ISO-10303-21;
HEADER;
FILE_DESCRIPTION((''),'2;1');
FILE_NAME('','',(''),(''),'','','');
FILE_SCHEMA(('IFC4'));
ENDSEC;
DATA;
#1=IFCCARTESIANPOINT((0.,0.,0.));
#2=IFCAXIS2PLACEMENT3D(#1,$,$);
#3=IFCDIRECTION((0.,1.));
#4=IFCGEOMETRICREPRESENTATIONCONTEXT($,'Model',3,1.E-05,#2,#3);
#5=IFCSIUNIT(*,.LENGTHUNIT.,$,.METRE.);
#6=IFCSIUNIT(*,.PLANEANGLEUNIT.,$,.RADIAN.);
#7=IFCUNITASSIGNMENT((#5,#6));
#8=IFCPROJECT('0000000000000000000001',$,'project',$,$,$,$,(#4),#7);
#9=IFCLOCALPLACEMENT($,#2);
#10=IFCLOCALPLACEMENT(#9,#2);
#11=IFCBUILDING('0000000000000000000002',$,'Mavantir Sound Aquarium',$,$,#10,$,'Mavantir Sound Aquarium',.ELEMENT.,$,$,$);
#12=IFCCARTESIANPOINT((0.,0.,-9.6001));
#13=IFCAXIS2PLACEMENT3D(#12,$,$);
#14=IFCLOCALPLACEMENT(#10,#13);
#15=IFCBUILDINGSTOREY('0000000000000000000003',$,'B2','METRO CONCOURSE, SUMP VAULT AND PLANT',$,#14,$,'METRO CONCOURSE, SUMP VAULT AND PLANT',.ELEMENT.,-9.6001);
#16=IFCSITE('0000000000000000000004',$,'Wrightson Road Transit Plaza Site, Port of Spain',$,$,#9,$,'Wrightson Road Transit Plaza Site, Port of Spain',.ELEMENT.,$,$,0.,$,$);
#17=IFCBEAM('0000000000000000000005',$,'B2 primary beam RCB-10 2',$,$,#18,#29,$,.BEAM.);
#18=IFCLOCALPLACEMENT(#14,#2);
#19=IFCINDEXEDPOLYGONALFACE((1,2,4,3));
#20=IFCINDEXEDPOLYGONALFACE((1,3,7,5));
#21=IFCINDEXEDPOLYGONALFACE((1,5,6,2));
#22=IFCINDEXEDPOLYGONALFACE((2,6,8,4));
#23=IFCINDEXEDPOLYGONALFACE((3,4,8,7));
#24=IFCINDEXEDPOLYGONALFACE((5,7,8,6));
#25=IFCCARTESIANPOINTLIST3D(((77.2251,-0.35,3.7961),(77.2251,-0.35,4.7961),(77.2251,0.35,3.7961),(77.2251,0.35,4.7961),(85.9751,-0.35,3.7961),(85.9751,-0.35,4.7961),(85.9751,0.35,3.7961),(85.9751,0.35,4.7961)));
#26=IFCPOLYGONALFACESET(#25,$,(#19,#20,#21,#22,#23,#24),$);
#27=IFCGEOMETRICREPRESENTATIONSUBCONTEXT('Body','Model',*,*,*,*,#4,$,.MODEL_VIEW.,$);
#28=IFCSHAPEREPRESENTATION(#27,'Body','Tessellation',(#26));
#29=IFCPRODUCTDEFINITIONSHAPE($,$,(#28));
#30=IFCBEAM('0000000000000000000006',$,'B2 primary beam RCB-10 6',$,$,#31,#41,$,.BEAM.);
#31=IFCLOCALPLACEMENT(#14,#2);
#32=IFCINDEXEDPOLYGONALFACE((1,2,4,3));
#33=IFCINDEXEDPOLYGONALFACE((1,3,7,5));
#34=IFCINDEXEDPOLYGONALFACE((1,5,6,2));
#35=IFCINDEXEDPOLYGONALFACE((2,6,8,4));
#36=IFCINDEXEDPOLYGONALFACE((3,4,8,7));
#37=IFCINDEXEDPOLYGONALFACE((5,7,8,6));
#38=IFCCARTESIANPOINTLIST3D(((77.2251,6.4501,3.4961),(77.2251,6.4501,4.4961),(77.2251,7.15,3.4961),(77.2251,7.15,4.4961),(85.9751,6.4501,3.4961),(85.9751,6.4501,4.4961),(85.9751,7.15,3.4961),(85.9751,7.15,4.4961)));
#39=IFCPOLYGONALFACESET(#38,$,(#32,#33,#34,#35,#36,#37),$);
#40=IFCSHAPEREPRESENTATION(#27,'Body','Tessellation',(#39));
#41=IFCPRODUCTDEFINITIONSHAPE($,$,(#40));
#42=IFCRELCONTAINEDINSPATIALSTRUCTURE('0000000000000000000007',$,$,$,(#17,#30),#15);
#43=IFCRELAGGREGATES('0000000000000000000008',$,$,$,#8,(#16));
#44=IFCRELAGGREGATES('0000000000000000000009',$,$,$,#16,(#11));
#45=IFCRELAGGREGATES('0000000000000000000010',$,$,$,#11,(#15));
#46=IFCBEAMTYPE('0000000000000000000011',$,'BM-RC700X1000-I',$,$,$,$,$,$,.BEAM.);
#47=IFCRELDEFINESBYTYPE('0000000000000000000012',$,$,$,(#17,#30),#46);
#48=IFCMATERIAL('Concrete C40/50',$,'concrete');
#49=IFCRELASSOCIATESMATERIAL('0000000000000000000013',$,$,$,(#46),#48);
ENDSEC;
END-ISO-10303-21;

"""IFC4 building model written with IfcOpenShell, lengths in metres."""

from ifc_helpers import new_model, si_unit, direction, frame, origin, origin_2d, place, context, subcontext, project, spatial, rectangle, extrude, material, material_profile, profile_set, type_object, element, save


model = new_model("IFC4")

# Units and contexts
model_context = context("Model", 3, precision=1e-05, world=origin(), true_north=direction((0.0, 1.0)))
body_context = subcontext(model_context, "Body", "Model", "MODEL_VIEW")
ifc_project = project(units=[si_unit("LENGTHUNIT", "METRE"), si_unit("PLANEANGLEUNIT", "RADIAN")], contexts=[model_context])

# Site, building, storey
site_placement = place(None, origin())
site = spatial("IfcSite", under=ifc_project, at=site_placement, Name="Wrightson Road Transit Plaza Site, Port of Spain", LongName="Wrightson Road Transit Plaza Site, Port of Spain", CompositionType="ELEMENT", RefElevation=0.0)
building_placement = place(site_placement, origin())
building = spatial("IfcBuilding", under=site, at=building_placement, Name="Mavantir Sound Aquarium", LongName="Mavantir Sound Aquarium", CompositionType="ELEMENT")
storey_placement = place(building_placement, frame((0.0, 0.0, -9.6001)))
storey = spatial("IfcBuildingStorey", under=building, at=storey_placement, Name="B2", Description="METRO CONCOURSE, SUMP VAULT AND PLANT", LongName="METRO CONCOURSE, SUMP VAULT AND PLANT", CompositionType="ELEMENT", Elevation=-9.6001)

# Shared definitions
ifc_material = material(Name="Concrete C40/50", Category="concrete")

# Beams
ifc_material_profile_1 = material_profile(ifc_material, rectangle(XDim=0.7, YDim=1.0, at=origin_2d()), Name="RC 700X1000")
ifc_profile_set_1 = profile_set([ifc_material_profile_1], Name="Concrete C40/50")
beam_type_1 = type_object("IfcBeamType", Name="BM-RC700X1000-I", PredefinedType="BEAM", material=ifc_profile_set_1)
for number, where, z_axis, x_axis, name in (
    (1, (77.2251, 0.0, 4.2961), (1.0, 0.0, 0.0), (0.0, 1.0, 0.0), "B2 primary beam RCB-10 2"),
    (2, (77.2251, 6.8, 3.9961), (1.0, 0.0, 0.0), (0.0, 1.0, 0.0), "B2 primary beam RCB-10 6"),
):
    element("IfcBeam", number, at=place(storey_placement, frame(where, z_axis=z_axis, x_axis=x_axis)), inside=storey, type_object=beam_type_1, Name=name, PredefinedType="BEAM", context=body_context, shape_type="SweptSolid", body=[
        extrude(rectangle(XDim=0.7, YDim=1.0, at=origin_2d()), origin(), (0.0, 0.0, 1.0), 8.75),
    ])

save(model, "model.ifc")
